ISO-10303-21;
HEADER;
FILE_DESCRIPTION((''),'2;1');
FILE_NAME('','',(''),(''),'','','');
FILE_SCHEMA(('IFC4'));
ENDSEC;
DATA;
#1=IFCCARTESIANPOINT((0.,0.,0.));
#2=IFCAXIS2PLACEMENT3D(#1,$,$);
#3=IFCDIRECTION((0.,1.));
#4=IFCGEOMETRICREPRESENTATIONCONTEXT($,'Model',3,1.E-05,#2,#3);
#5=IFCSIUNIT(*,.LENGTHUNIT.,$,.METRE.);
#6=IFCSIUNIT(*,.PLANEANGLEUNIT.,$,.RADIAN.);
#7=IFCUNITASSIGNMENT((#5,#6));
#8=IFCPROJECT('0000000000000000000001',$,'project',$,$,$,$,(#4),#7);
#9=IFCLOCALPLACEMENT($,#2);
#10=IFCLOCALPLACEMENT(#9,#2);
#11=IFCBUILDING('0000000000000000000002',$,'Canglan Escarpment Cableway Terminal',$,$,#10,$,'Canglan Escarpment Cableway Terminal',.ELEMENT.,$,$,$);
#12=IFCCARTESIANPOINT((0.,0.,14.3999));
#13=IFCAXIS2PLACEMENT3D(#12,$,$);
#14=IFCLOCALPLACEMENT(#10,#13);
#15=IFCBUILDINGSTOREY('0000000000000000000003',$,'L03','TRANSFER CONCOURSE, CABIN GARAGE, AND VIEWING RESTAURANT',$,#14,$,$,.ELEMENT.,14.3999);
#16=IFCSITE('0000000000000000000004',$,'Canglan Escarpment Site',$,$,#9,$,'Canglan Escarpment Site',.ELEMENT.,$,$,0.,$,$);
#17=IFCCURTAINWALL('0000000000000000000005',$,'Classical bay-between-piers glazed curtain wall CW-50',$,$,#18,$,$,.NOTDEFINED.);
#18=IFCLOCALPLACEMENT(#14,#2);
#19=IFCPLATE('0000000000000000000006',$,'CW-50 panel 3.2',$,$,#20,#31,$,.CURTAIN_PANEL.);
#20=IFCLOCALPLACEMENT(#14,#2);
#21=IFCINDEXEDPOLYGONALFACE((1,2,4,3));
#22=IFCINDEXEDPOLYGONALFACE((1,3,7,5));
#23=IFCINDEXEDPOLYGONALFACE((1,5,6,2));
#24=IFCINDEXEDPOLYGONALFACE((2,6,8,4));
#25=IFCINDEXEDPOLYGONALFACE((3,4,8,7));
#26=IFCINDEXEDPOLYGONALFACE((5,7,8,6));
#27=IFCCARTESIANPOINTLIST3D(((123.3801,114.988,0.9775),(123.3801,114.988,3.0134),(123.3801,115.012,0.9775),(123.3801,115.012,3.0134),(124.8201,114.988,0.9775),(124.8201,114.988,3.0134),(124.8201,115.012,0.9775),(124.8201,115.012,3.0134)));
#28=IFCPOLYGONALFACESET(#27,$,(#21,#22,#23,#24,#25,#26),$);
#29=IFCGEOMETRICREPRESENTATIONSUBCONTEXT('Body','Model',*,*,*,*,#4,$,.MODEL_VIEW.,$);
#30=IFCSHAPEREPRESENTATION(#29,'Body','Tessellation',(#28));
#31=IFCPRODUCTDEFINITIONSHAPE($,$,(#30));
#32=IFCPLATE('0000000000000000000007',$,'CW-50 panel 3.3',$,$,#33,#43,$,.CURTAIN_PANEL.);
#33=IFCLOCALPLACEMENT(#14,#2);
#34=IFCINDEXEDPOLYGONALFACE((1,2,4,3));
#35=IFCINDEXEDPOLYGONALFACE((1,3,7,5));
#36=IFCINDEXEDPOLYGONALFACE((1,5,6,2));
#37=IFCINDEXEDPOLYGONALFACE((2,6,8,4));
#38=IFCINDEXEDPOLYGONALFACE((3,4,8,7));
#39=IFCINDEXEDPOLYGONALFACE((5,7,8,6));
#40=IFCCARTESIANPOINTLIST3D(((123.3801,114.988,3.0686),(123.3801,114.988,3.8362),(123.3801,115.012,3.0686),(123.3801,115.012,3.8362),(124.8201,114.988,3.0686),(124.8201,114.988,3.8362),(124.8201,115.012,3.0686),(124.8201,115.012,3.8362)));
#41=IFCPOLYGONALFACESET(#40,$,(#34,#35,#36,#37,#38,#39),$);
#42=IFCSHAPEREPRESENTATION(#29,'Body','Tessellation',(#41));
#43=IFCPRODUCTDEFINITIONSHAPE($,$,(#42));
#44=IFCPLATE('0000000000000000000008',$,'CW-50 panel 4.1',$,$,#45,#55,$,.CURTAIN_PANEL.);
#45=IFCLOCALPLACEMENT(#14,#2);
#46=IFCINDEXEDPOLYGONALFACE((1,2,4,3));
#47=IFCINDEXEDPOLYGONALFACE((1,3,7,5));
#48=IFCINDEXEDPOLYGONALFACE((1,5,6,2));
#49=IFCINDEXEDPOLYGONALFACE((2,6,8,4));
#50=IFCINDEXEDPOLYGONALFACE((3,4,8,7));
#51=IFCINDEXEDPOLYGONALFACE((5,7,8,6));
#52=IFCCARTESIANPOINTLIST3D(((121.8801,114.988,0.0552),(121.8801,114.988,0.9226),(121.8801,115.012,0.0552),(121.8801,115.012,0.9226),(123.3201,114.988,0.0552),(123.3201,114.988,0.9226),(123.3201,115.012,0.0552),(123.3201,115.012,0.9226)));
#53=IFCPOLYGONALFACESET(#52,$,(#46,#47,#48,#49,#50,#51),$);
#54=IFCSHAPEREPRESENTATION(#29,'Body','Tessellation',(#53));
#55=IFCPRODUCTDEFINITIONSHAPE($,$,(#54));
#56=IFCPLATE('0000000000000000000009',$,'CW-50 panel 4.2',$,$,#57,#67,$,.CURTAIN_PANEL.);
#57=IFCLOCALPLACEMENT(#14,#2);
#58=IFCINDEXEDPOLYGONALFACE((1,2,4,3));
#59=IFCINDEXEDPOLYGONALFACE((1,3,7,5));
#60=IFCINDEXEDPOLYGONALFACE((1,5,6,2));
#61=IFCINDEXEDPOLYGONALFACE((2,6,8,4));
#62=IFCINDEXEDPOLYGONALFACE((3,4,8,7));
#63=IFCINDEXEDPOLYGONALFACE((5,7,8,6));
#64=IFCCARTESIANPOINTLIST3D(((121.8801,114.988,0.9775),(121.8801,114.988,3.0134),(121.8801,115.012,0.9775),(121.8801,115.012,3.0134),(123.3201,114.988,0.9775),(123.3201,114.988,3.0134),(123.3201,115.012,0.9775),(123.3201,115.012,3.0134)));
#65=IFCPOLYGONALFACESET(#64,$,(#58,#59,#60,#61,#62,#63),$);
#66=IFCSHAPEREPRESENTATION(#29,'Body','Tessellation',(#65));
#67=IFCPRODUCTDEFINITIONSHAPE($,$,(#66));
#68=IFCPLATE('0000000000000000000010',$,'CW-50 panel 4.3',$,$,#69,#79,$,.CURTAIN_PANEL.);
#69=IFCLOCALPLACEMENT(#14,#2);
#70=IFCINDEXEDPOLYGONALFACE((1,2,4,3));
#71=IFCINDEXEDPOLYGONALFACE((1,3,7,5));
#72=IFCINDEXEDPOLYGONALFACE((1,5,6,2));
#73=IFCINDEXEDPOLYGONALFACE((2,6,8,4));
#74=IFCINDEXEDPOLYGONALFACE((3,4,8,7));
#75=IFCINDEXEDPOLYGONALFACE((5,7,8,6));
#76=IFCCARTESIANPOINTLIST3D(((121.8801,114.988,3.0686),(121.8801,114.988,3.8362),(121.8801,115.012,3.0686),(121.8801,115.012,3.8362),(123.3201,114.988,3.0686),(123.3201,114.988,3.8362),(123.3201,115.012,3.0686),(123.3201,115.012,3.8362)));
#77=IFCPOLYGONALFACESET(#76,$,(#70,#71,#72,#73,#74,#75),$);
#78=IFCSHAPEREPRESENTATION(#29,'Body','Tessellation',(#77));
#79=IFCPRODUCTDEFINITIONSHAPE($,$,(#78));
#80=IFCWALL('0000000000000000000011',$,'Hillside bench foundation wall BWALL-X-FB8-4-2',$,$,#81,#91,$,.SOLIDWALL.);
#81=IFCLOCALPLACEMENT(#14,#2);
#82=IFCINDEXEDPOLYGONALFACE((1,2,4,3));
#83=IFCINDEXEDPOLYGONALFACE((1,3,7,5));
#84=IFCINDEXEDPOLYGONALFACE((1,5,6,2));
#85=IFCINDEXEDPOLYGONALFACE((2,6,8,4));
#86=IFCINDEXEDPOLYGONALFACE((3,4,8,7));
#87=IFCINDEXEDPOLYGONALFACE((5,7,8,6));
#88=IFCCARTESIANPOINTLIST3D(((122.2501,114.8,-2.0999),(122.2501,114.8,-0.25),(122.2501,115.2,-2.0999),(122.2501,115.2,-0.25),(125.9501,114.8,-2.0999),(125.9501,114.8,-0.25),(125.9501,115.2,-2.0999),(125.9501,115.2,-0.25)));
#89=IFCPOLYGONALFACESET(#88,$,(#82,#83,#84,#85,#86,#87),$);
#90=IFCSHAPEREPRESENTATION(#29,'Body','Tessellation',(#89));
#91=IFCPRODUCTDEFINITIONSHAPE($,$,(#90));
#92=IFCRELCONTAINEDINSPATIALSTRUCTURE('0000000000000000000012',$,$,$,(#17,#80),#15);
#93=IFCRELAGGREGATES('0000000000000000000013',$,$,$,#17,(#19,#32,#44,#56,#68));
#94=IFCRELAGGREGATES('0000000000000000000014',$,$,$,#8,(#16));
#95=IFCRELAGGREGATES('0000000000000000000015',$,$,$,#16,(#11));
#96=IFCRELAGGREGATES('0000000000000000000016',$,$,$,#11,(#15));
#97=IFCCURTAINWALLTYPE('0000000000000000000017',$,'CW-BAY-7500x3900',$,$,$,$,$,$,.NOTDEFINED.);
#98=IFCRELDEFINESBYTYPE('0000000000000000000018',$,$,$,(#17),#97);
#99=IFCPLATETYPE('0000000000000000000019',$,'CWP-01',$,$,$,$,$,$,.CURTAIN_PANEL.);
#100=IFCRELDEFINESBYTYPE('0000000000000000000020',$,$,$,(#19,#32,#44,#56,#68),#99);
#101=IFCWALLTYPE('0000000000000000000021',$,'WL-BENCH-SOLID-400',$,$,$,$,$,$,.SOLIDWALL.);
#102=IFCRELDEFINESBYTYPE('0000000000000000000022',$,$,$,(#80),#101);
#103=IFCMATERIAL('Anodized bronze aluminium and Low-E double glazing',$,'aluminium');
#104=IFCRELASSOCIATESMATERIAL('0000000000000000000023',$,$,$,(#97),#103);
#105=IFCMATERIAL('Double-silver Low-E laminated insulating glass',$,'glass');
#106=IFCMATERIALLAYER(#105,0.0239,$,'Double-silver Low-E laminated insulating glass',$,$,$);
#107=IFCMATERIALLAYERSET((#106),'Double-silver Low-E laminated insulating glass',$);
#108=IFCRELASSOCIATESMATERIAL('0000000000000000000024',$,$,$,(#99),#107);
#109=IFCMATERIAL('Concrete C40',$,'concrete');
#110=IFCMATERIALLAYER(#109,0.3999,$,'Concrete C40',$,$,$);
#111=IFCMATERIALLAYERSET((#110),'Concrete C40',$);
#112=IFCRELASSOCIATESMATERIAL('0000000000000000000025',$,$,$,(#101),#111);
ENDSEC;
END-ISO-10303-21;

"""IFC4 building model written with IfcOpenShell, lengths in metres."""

from ifc_helpers import new_model, si_unit, direction, frame, frame_2d, origin, origin_2d, place, context, subcontext, project, spatial, rectangle, extrude, material, layer, layer_set, type_object, element, aggregate, save


model = new_model("IFC4")

# Units and contexts
model_context = context("Model", 3, precision=1e-05, world=origin(), true_north=direction((0.0, 1.0)))
body_context = subcontext(model_context, "Body", "Model", "MODEL_VIEW")
ifc_project = project(units=[si_unit("LENGTHUNIT", "METRE"), si_unit("PLANEANGLEUNIT", "RADIAN")], contexts=[model_context])

# Site, building, storey
site_placement = place(None, origin())
site = spatial("IfcSite", under=ifc_project, at=site_placement, Name="Canglan Escarpment Site", LongName="Canglan Escarpment Site", CompositionType="ELEMENT", RefElevation=0.0)
building_placement = place(site_placement, origin())
building = spatial("IfcBuilding", under=site, at=building_placement, Name="Canglan Escarpment Cableway Terminal", LongName="Canglan Escarpment Cableway Terminal", CompositionType="ELEMENT")
storey_placement = place(building_placement, frame((0.0, 0.0, 14.3999)))
storey = spatial("IfcBuildingStorey", under=building, at=storey_placement, Name="L03", Description="TRANSFER CONCOURSE, CABIN GARAGE, AND VIEWING RESTAURANT", CompositionType="ELEMENT", Elevation=14.3999)

# Shared definitions
ifc_material_1 = material(Name="Concrete C40", Category="concrete")

# Curtain wall, plates
ifc_material_2 = material(Name="Anodized bronze aluminium and Low-E double glazing", Category="aluminium")
curtain_wall_type = type_object("IfcCurtainWallType", Name="CW-BAY-7500x3900", PredefinedType="NOTDEFINED", material=ifc_material_2)
curtain_wall_placement = place(storey_placement, origin())
curtain_wall = element("IfcCurtainWall", 1, at=curtain_wall_placement, inside=storey, type_object=curtain_wall_type, Name="Classical bay-between-piers glazed curtain wall CW-50", PredefinedType="NOTDEFINED")
ifc_material_3 = material(Name="Double-silver Low-E laminated insulating glass", Category="glass")
ifc_layer_1 = layer(ifc_material_3, 0.0239, Name="Double-silver Low-E laminated insulating glass")
ifc_layer_set_1 = layer_set([ifc_layer_1], Name="Double-silver Low-E laminated insulating glass")
plate_type = type_object("IfcPlateType", Name="CWP-01", PredefinedType="CURTAIN_PANEL", material=ifc_layer_set_1)
plate_1_placement = place(storey_placement, frame((124.1001, 115.0, 0.9775), z_axis=(0.0, 0.0, 1.0), x_axis=(-1.0, 0.0, 0.0)))
plate_1 = element("IfcPlate", 2, at=plate_1_placement, type_object=plate_type, Name="CW-50 panel 3.2", PredefinedType="CURTAIN_PANEL", context=body_context, shape_type="SweptSolid", body=[
    extrude(rectangle(XDim=1.4399, YDim=0.0239, at=origin_2d()), origin(), (0.0, 0.0, 1.0), 2.0359),
])
plate_2_placement = place(storey_placement, frame((124.1001, 115.0, 3.0686), z_axis=(0.0, 0.0, 1.0), x_axis=(-1.0, 0.0, 0.0)))
plate_2 = element("IfcPlate", 3, at=plate_2_placement, type_object=plate_type, Name="CW-50 panel 3.3", PredefinedType="CURTAIN_PANEL", context=body_context, shape_type="SweptSolid", body=[
    extrude(rectangle(XDim=1.4399, YDim=0.0239, at=origin_2d()), origin(), (0.0, 0.0, 1.0), 0.7676),
])
plate_3_placement = place(storey_placement, frame((122.6001, 115.0, 0.0552), z_axis=(0.0, 0.0, 1.0), x_axis=(-1.0, 0.0, 0.0)))
plate_3 = element("IfcPlate", 4, at=plate_3_placement, type_object=plate_type, Name="CW-50 panel 4.1", PredefinedType="CURTAIN_PANEL", context=body_context, shape_type="SweptSolid", body=[
    extrude(rectangle(XDim=1.4399, YDim=0.0239, at=origin_2d()), origin(), (0.0, 0.0, 1.0), 0.8674),
])
plate_4_placement = place(storey_placement, frame((122.6001, 115.0, 0.9775), z_axis=(0.0, 0.0, 1.0), x_axis=(-1.0, 0.0, 0.0)))
plate_4 = element("IfcPlate", 5, at=plate_4_placement, type_object=plate_type, Name="CW-50 panel 4.2", PredefinedType="CURTAIN_PANEL", context=body_context, shape_type="SweptSolid", body=[
    extrude(rectangle(XDim=1.4399, YDim=0.0239, at=origin_2d()), origin(), (0.0, 0.0, 1.0), 2.0359),
])
plate_5_placement = place(storey_placement, frame((122.6001, 115.0, 3.0686), z_axis=(0.0, 0.0, 1.0), x_axis=(-1.0, 0.0, 0.0)))
plate_5 = element("IfcPlate", 6, at=plate_5_placement, type_object=plate_type, Name="CW-50 panel 4.3", PredefinedType="CURTAIN_PANEL", context=body_context, shape_type="SweptSolid", body=[
    extrude(rectangle(XDim=1.4399, YDim=0.0239, at=origin_2d()), origin(), (0.0, 0.0, 1.0), 0.7676),
])
aggregate(curtain_wall, [plate_1, plate_2, plate_3, plate_4, plate_5])

# Wall
ifc_layer_2 = layer(ifc_material_1, 0.3999, Name="Concrete C40")
ifc_layer_set_2 = layer_set([ifc_layer_2], Name="Concrete C40")
wall_type = type_object("IfcWallType", Name="WL-BENCH-SOLID-400", PredefinedType="SOLIDWALL", material=ifc_layer_set_2)
wall_placement = place(storey_placement, frame((122.25, 115.0, -2.0999), z_axis=(0.0, 0.0, 1.0), x_axis=(1.0, 0.0, 0.0)))
element("IfcWall", 7, at=wall_placement, inside=storey, type_object=wall_type, Name="Hillside bench foundation wall BWALL-X-FB8-4-2", PredefinedType="SOLIDWALL", context=body_context, shape_type="SweptSolid", body=[
    extrude(rectangle(XDim=3.7, YDim=0.3999, at=frame_2d((1.8501, 0.0))), origin(), (0.0, 0.0, 1.0), 1.8499),
])

save(model, "model.ifc")
